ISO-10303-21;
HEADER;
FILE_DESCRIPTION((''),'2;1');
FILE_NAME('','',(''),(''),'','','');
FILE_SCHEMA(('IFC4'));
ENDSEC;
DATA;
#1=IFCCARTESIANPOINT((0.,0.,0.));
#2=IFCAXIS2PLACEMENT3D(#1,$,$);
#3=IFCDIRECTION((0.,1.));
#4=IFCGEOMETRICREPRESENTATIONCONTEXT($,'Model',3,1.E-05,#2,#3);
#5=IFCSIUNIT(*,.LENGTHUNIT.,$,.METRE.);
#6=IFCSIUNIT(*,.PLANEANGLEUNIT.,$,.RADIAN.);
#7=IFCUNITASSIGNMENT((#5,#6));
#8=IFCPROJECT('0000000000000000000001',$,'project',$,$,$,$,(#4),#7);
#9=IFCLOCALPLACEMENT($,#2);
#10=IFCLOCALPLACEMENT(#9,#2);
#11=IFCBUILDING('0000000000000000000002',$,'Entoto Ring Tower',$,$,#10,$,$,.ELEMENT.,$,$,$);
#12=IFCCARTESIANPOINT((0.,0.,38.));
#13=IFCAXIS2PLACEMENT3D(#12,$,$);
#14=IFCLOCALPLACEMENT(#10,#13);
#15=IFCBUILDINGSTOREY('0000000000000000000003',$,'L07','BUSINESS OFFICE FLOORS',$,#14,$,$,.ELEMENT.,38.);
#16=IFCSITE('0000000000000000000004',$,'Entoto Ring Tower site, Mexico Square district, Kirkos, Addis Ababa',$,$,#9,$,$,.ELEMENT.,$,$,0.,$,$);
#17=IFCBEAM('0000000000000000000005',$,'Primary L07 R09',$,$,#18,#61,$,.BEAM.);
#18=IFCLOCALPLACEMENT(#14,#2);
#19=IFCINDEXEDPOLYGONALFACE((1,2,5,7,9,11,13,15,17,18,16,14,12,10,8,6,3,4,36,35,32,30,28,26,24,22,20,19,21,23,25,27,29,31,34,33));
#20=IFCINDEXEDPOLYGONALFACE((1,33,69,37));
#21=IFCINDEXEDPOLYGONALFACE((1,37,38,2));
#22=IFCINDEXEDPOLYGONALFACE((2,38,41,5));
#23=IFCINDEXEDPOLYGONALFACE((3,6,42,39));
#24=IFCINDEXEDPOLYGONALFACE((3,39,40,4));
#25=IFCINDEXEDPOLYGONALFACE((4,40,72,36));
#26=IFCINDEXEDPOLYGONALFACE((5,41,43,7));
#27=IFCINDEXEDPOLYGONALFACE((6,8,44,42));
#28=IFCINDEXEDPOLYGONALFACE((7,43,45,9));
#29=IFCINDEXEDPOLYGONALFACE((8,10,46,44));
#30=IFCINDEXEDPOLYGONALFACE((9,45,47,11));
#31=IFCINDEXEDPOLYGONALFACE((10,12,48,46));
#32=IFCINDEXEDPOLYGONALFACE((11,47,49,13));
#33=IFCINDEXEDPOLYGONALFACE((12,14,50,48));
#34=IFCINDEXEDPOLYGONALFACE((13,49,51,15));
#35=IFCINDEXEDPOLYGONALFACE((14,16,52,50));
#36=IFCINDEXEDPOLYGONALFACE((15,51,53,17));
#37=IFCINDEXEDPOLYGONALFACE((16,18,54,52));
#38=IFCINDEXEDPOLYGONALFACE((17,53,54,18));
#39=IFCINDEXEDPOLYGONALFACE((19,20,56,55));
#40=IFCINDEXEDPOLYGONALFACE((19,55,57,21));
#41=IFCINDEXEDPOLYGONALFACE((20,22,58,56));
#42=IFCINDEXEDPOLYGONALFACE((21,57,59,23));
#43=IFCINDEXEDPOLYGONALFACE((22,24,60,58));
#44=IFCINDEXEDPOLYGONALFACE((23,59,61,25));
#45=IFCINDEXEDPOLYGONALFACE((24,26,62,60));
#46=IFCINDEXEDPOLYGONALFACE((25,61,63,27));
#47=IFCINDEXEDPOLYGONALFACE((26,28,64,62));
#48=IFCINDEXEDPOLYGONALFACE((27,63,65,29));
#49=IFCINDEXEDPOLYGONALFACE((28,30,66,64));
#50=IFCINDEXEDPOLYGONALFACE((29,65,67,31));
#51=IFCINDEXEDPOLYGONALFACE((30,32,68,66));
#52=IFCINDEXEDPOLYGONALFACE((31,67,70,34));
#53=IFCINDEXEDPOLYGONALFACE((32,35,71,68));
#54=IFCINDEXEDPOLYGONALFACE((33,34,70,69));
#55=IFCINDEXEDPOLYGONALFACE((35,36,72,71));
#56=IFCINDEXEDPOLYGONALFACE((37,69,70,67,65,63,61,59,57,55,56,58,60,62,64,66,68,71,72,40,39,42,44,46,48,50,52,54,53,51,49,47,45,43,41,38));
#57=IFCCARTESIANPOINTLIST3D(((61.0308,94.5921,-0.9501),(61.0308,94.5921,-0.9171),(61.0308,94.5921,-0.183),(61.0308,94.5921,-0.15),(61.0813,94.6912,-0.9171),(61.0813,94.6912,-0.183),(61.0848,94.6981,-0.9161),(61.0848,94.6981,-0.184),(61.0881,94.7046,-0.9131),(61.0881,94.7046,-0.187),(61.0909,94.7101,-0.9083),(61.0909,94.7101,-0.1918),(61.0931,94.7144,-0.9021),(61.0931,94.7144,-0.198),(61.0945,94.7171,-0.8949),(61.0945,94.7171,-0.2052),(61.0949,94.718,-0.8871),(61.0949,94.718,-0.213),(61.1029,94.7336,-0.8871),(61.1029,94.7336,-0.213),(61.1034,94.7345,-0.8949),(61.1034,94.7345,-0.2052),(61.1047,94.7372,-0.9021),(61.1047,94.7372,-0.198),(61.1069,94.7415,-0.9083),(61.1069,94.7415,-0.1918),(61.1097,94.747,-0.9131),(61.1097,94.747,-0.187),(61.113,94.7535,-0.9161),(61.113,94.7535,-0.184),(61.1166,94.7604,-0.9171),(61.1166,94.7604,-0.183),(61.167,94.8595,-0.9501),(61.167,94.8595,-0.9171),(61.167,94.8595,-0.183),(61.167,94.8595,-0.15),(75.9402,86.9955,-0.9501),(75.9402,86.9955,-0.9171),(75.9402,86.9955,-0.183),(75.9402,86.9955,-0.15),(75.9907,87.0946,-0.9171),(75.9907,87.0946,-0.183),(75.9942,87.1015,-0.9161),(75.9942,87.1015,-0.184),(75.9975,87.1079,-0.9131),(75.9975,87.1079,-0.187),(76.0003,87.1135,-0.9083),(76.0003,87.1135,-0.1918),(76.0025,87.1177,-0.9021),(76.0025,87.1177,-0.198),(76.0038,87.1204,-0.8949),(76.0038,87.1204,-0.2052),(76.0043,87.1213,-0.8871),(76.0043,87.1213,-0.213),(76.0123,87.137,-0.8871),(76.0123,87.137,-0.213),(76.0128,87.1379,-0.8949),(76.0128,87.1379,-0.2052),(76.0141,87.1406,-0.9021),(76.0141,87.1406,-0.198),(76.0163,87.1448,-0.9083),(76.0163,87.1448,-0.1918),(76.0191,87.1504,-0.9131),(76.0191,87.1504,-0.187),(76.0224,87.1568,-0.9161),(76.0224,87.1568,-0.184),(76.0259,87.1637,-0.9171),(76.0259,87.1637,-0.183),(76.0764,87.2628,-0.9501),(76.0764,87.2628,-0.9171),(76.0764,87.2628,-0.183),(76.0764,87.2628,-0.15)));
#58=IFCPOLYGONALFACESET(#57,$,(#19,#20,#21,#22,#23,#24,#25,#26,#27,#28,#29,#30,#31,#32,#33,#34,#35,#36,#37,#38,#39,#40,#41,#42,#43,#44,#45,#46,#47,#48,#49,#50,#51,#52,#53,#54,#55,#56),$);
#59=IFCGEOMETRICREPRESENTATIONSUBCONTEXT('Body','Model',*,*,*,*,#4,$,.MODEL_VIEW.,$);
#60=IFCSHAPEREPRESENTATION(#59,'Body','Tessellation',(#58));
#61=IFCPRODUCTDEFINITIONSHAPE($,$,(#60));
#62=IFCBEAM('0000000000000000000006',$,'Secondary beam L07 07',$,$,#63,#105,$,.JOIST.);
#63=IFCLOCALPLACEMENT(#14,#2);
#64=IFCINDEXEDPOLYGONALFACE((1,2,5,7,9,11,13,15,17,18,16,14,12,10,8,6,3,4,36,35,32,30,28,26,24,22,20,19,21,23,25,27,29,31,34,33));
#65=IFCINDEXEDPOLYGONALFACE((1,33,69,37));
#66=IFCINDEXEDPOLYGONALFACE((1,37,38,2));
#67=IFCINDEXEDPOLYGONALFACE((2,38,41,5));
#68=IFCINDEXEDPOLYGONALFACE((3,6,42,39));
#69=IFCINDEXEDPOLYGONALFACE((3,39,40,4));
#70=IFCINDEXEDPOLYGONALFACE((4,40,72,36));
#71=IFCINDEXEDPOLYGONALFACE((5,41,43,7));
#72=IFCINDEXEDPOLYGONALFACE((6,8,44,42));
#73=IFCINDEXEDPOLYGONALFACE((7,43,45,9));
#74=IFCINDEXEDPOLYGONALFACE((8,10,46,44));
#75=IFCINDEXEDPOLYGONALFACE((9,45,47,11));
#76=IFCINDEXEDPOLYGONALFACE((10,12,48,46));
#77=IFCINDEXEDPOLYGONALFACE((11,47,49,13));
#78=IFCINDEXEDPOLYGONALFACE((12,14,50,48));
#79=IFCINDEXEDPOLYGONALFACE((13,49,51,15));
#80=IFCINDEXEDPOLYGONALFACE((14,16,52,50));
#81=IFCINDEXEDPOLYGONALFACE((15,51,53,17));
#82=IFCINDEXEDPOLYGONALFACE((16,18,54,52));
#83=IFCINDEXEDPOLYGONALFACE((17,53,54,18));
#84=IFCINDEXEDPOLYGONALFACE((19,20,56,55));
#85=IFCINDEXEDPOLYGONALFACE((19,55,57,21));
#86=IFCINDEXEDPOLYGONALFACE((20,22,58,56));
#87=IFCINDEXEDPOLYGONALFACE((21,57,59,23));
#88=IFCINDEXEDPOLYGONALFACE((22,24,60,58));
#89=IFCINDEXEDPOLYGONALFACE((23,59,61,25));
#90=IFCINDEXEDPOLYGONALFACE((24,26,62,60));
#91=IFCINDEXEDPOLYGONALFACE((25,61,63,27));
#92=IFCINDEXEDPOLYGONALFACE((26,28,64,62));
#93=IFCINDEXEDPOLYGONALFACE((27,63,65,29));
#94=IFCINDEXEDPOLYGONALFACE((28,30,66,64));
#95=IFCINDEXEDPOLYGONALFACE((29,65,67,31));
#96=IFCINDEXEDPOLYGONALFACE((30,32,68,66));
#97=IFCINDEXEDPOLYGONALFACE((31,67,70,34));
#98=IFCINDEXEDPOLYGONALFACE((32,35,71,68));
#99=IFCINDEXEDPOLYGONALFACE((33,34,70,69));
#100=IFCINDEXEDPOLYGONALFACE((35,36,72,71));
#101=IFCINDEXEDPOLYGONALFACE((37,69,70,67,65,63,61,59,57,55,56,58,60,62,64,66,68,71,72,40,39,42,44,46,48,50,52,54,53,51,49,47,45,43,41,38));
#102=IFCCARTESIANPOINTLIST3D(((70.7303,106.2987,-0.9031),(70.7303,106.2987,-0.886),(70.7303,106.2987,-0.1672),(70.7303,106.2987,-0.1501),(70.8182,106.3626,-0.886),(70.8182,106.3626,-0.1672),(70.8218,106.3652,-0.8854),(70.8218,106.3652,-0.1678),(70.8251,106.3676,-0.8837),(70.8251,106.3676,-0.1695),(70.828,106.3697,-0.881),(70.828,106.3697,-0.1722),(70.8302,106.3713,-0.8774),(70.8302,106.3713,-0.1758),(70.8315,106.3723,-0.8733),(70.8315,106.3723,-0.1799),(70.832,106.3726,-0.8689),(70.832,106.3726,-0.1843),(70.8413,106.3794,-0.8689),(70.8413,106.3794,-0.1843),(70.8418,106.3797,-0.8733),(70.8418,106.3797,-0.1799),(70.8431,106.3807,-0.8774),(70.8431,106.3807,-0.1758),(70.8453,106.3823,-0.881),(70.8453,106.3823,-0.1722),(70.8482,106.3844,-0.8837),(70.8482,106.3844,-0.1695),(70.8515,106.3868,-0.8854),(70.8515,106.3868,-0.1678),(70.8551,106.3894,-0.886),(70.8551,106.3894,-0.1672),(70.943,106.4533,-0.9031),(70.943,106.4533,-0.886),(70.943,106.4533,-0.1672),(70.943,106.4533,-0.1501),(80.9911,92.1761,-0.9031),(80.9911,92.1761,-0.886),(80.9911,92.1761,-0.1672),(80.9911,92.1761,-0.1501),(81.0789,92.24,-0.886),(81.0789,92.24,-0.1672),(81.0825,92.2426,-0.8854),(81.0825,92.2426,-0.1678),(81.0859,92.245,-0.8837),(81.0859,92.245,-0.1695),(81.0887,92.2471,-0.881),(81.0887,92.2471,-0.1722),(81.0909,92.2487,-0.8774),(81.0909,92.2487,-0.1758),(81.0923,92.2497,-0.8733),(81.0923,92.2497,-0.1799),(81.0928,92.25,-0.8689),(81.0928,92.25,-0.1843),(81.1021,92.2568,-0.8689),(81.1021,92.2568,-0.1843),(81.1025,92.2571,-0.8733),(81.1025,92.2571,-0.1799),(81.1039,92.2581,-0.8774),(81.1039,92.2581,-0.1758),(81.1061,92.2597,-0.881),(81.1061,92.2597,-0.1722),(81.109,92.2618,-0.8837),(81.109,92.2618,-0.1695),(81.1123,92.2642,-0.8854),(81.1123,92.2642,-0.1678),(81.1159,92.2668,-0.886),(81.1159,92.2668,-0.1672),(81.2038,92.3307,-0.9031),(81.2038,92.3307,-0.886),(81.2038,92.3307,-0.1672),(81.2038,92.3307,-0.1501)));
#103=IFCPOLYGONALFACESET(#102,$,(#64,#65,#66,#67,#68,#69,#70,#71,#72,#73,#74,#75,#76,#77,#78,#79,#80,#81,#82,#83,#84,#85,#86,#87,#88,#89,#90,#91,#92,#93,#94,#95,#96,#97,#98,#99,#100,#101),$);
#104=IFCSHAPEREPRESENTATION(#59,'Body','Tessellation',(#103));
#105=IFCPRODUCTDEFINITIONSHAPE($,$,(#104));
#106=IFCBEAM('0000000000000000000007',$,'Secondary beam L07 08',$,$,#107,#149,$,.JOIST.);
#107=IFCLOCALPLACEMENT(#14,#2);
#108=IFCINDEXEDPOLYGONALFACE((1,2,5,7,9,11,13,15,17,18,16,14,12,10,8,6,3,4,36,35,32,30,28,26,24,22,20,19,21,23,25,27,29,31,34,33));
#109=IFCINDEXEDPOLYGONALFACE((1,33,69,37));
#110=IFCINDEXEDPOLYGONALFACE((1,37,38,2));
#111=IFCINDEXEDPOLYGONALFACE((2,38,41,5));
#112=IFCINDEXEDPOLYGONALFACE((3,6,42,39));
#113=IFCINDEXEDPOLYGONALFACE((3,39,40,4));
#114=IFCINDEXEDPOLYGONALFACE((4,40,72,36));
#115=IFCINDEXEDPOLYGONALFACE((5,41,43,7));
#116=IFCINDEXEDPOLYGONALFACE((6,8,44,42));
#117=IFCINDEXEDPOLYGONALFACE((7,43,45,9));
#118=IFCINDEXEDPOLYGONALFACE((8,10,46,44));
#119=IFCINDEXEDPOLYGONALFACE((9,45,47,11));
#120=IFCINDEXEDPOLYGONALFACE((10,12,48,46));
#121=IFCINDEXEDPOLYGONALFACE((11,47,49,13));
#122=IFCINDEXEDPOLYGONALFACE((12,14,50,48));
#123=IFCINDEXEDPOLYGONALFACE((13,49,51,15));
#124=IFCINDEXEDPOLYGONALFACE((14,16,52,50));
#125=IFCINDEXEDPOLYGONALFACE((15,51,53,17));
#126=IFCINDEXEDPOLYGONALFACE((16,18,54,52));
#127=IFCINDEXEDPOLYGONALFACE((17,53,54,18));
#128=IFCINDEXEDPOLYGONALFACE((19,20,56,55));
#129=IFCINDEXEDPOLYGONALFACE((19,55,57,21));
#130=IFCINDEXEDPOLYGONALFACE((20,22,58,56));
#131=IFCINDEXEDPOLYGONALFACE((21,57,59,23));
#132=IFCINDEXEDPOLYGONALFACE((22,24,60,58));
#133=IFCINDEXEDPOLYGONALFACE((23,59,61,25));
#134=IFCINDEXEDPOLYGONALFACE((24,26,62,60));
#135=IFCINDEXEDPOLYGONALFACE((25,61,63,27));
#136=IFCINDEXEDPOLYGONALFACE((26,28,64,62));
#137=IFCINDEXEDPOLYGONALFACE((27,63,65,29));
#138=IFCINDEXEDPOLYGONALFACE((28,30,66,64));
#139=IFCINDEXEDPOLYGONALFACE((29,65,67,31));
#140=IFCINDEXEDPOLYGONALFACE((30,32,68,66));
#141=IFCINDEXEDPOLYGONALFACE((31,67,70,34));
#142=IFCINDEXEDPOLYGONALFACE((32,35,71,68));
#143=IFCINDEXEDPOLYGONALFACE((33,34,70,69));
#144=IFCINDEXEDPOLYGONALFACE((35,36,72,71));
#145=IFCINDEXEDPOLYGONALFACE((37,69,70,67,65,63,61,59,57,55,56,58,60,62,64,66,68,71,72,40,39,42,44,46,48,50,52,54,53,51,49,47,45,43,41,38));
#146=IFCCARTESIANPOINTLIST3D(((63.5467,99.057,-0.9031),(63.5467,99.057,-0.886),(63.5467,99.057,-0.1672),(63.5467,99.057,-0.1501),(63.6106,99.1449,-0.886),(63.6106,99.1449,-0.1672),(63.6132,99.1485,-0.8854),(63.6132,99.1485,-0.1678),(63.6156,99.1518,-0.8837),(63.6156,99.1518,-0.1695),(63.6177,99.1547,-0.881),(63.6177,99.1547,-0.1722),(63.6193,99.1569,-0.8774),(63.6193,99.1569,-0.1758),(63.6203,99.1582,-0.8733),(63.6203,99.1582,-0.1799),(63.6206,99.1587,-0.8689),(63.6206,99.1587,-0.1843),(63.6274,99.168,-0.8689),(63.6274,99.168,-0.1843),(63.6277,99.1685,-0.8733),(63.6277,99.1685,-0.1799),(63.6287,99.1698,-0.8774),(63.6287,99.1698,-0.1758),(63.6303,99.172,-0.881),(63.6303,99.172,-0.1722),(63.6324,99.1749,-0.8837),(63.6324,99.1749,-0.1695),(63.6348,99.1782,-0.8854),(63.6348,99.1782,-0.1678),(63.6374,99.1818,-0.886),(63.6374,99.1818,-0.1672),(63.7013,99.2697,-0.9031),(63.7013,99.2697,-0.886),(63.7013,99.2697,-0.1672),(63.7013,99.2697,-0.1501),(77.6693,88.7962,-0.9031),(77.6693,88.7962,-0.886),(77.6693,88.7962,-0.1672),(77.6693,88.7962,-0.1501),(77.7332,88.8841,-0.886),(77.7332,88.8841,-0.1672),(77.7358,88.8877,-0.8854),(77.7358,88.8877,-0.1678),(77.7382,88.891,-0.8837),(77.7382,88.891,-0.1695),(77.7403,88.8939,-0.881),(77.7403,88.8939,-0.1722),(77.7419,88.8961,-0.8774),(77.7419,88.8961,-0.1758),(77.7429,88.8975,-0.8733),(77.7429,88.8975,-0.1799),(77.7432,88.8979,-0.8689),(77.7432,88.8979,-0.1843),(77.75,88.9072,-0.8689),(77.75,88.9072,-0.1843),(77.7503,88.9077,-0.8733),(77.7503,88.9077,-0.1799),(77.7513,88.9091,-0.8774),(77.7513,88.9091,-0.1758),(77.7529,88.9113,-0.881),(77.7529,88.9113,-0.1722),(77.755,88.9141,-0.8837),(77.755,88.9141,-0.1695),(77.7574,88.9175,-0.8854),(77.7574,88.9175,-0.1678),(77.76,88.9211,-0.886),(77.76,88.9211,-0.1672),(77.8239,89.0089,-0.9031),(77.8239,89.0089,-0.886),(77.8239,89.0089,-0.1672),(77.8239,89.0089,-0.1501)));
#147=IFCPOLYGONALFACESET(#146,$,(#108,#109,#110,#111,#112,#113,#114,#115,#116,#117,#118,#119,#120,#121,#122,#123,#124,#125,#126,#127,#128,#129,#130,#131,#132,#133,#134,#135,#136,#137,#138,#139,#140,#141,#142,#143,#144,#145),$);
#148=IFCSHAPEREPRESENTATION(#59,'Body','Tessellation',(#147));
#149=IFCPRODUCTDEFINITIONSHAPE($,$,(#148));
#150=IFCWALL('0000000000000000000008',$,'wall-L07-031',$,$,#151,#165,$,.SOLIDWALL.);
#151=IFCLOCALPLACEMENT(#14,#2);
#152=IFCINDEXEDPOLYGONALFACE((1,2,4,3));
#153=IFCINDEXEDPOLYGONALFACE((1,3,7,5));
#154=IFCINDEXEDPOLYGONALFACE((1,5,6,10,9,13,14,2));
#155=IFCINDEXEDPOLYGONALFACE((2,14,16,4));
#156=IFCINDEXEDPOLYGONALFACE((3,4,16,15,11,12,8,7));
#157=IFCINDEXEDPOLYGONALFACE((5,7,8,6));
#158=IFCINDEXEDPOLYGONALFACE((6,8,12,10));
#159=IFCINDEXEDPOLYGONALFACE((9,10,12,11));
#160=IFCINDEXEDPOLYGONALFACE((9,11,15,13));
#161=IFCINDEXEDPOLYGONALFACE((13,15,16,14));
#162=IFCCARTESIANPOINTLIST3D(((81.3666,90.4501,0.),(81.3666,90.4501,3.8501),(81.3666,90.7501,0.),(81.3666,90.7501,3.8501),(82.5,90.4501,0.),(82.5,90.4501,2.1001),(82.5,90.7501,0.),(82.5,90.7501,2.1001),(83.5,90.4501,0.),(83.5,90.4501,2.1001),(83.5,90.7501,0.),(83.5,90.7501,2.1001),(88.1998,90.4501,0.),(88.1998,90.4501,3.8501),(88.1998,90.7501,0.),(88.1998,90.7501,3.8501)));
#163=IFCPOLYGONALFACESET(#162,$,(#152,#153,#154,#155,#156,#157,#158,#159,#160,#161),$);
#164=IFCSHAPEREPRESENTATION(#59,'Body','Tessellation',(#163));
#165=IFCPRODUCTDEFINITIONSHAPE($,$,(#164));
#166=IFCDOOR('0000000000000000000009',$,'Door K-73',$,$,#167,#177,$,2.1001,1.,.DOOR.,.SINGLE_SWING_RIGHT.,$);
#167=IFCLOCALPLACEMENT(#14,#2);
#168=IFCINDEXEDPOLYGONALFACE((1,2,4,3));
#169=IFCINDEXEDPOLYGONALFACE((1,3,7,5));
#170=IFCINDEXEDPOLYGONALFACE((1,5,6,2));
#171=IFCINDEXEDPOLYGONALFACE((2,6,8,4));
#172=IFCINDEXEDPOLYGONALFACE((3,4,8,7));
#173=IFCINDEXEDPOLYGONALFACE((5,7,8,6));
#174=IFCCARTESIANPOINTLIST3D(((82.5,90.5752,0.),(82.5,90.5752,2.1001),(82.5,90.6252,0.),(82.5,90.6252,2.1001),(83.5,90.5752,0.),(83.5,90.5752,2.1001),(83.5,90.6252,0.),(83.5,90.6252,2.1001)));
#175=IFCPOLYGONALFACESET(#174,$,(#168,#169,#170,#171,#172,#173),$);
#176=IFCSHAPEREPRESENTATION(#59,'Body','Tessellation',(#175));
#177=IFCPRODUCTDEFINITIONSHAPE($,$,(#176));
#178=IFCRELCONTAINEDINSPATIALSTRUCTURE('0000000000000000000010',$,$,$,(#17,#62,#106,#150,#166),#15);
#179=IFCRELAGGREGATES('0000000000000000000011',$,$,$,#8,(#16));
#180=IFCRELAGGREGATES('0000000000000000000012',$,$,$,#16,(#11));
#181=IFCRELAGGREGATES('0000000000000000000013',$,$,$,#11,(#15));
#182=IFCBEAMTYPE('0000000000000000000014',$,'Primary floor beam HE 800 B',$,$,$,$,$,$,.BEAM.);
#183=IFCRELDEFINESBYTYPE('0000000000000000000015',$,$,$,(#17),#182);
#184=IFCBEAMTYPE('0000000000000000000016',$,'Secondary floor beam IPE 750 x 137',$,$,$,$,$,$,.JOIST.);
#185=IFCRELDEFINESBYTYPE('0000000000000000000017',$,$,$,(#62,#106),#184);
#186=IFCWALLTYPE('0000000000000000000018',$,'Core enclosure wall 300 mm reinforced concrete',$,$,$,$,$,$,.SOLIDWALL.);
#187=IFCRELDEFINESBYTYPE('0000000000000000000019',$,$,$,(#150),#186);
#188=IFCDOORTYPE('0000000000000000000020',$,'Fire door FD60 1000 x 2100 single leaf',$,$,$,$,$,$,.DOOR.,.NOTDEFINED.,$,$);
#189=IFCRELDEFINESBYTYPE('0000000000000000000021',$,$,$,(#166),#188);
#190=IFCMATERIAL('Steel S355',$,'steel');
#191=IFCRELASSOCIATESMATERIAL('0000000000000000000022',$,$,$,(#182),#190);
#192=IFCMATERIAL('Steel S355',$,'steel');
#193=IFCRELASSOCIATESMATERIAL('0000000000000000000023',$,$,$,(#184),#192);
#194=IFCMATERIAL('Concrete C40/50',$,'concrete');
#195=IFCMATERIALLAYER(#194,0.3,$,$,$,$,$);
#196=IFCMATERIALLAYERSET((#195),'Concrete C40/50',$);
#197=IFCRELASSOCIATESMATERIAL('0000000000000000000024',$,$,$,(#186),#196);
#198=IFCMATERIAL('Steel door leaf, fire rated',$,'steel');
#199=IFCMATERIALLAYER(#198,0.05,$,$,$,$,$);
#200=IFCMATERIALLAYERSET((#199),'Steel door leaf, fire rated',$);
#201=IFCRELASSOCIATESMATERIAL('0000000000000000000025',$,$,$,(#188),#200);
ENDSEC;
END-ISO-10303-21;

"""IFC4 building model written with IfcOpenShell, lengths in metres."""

from ifc_helpers import new_model, si_unit, direction, frame, frame_2d, origin, origin_2d, place, context, subcontext, project, spatial, rectangle, i_section, extrude, material, layer, layer_set, material_profile, profile_set, type_object, element, fill, save


model = new_model("IFC4")

# Units and contexts
model_context = context("Model", 3, precision=1e-05, world=origin(), true_north=direction((0.0, 1.0)))
body_context = subcontext(model_context, "Body", "Model", "MODEL_VIEW")
ifc_project = project(units=[si_unit("LENGTHUNIT", "METRE"), si_unit("PLANEANGLEUNIT", "RADIAN")], contexts=[model_context])

# Site, building, storey
site_placement = place(None, origin())
site = spatial("IfcSite", under=ifc_project, at=site_placement, Name="Entoto Ring Tower site, Mexico Square district, Kirkos, Addis Ababa", CompositionType="ELEMENT", RefElevation=0.0)
building_placement = place(site_placement, origin())
building = spatial("IfcBuilding", under=site, at=building_placement, Name="Entoto Ring Tower", CompositionType="ELEMENT")
storey_placement = place(building_placement, frame((0.0, 0.0, 38.0)))
storey = spatial("IfcBuildingStorey", under=building, at=storey_placement, Name="L07", Description="BUSINESS OFFICE FLOORS", CompositionType="ELEMENT", Elevation=38.0)

# Beams
ifc_material_1 = material(Name="Steel S355", Category="steel")
ifc_material_profile_1 = material_profile(ifc_material_1, i_section(OverallWidth=0.3, OverallDepth=0.8, WebThickness=0.0176, FlangeThickness=0.033, FilletRadius=0.03, at=origin_2d()), Name="HE 800 B")
ifc_profile_set_1 = profile_set([ifc_material_profile_1], Name="Steel S355")
beam_type_1 = type_object("IfcBeamType", Name="Primary floor beam HE 800 B", PredefinedType="BEAM", material=ifc_profile_set_1)
beam_1_placement = place(storey_placement, frame((76.0083, 87.1292, -0.55), z_axis=(-0.891008, 0.453988, 0.0), x_axis=(-0.453988, -0.891008, 0.0)))
element("IfcBeam", 1, at=beam_1_placement, inside=storey, type_object=beam_type_1, Name="Primary L07 R09", PredefinedType="BEAM", context=body_context, shape_type="SweptSolid", body=[
    extrude(i_section(OverallWidth=0.3, OverallDepth=0.8, WebThickness=0.0176, FlangeThickness=0.033, FilletRadius=0.03, at=origin_2d()), origin(), (0.0, 0.0, 1.0), 16.7332),
])
ifc_material_2 = material(Name="Steel S355", Category="steel")
ifc_material_profile_2 = material_profile(ifc_material_2, i_section(OverallWidth=0.2629, OverallDepth=0.7529, WebThickness=0.0115, FlangeThickness=0.0171, FilletRadius=0.0171, at=origin_2d()), Name="IPE 750 x 137")
ifc_profile_set_2 = profile_set([ifc_material_profile_2], Name="Steel S355")
beam_type_2 = type_object("IfcBeamType", Name="Secondary floor beam IPE 750 x 137", PredefinedType="JOIST", material=ifc_profile_set_2)
for number, where, z_axis, x_axis, name in (
    (2, (81.0974, 92.2534, -0.5266), (-0.587789, 0.809014, 0.0), (-0.809014, -0.587789, 0.0), "Secondary beam L07 07"),
    (3, (77.7466, 88.9026, -0.5266), (-0.809014, 0.587789, 0.0), (-0.587789, -0.809014, 0.0), "Secondary beam L07 08"),
):
    element("IfcBeam", number, at=place(storey_placement, frame(where, z_axis=z_axis, x_axis=x_axis)), inside=storey, type_object=beam_type_2, Name=name, PredefinedType="JOIST", context=body_context, shape_type="SweptSolid", body=[
        extrude(i_section(OverallWidth=0.2629, OverallDepth=0.7529, WebThickness=0.0115, FlangeThickness=0.0171, FilletRadius=0.0171, at=origin_2d()), origin(), (0.0, 0.0, 1.0), 17.4565),
    ])

# Wall, opening, door
ifc_material_3 = material(Name="Concrete C40/50", Category="concrete")
ifc_layer_1 = layer(ifc_material_3, 0.3)
ifc_layer_set_1 = layer_set([ifc_layer_1], Name="Concrete C40/50")
wall_type_1 = type_object("IfcWallType", Name="Core enclosure wall 300 mm reinforced concrete", PredefinedType="SOLIDWALL", material=ifc_layer_set_1)
wall_1_placement = place(storey_placement, frame((81.3667, 90.6001, 0.0), z_axis=(0.0, 0.0, 1.0), x_axis=(1.0, 0.0, 0.0)))
wall_1 = element("IfcWall", 4, at=wall_1_placement, inside=storey, type_object=wall_type_1, Name="wall-L07-031", PredefinedType="SOLIDWALL", context=body_context, shape_type="SweptSolid", body=[
    extrude(rectangle(XDim=6.8333, YDim=0.3, at=frame_2d((3.4165, 0.0))), origin(), (0.0, 0.0, 1.0), 3.8501),
])
opening_1_placement = place(wall_1_placement, frame((1.1333, 0.0, 0.0)))
opening_1 = element("IfcOpeningElement", 5, at=opening_1_placement, cuts=wall_1, PredefinedType="OPENING", context=body_context, shape_type="SweptSolid", body=[
    extrude(rectangle(XDim=1.0, YDim=2.1001, at=frame_2d((0.5, 1.05))), frame((0.0, 0.1602, 0.0), z_axis=(0.0, -1.0, 0.0), x_axis=(1.0, 0.0, 0.0)), (0.0, 0.0, 1.0), 0.3201),
])
ifc_material_4 = material(Name="Steel door leaf, fire rated", Category="steel")
ifc_layer_2 = layer(ifc_material_4, 0.05)
ifc_layer_set_2 = layer_set([ifc_layer_2], Name="Steel door leaf, fire rated")
door_type_1 = type_object("IfcDoorType", Name="Fire door FD60 1000 x 2100 single leaf", OperationType="NOTDEFINED", PredefinedType="DOOR", material=ifc_layer_set_2)
door_1_placement = place(opening_1_placement, frame((1.0, 0.0, 0.0), z_axis=(0.0, 0.0, 1.0), x_axis=(-1.0, 0.0, 0.0)))
door_1 = element("IfcDoor", 6, at=door_1_placement, inside=storey, type_object=door_type_1, Name="Door K-73", OperationType="SINGLE_SWING_RIGHT", OverallHeight=2.1001, OverallWidth=1.0, PredefinedType="DOOR", context=body_context, shape_type="SweptSolid", body=[
    extrude(rectangle(XDim=1.0, YDim=2.1001, at=frame_2d((0.5, 1.05))), frame((0.0, 0.0249, 0.0), z_axis=(0.0, -1.0, 0.0), x_axis=(1.0, 0.0, 0.0)), (0.0, 0.0, 1.0), 0.05),
])
fill(opening_1, door_1)

save(model, "model.ifc")
